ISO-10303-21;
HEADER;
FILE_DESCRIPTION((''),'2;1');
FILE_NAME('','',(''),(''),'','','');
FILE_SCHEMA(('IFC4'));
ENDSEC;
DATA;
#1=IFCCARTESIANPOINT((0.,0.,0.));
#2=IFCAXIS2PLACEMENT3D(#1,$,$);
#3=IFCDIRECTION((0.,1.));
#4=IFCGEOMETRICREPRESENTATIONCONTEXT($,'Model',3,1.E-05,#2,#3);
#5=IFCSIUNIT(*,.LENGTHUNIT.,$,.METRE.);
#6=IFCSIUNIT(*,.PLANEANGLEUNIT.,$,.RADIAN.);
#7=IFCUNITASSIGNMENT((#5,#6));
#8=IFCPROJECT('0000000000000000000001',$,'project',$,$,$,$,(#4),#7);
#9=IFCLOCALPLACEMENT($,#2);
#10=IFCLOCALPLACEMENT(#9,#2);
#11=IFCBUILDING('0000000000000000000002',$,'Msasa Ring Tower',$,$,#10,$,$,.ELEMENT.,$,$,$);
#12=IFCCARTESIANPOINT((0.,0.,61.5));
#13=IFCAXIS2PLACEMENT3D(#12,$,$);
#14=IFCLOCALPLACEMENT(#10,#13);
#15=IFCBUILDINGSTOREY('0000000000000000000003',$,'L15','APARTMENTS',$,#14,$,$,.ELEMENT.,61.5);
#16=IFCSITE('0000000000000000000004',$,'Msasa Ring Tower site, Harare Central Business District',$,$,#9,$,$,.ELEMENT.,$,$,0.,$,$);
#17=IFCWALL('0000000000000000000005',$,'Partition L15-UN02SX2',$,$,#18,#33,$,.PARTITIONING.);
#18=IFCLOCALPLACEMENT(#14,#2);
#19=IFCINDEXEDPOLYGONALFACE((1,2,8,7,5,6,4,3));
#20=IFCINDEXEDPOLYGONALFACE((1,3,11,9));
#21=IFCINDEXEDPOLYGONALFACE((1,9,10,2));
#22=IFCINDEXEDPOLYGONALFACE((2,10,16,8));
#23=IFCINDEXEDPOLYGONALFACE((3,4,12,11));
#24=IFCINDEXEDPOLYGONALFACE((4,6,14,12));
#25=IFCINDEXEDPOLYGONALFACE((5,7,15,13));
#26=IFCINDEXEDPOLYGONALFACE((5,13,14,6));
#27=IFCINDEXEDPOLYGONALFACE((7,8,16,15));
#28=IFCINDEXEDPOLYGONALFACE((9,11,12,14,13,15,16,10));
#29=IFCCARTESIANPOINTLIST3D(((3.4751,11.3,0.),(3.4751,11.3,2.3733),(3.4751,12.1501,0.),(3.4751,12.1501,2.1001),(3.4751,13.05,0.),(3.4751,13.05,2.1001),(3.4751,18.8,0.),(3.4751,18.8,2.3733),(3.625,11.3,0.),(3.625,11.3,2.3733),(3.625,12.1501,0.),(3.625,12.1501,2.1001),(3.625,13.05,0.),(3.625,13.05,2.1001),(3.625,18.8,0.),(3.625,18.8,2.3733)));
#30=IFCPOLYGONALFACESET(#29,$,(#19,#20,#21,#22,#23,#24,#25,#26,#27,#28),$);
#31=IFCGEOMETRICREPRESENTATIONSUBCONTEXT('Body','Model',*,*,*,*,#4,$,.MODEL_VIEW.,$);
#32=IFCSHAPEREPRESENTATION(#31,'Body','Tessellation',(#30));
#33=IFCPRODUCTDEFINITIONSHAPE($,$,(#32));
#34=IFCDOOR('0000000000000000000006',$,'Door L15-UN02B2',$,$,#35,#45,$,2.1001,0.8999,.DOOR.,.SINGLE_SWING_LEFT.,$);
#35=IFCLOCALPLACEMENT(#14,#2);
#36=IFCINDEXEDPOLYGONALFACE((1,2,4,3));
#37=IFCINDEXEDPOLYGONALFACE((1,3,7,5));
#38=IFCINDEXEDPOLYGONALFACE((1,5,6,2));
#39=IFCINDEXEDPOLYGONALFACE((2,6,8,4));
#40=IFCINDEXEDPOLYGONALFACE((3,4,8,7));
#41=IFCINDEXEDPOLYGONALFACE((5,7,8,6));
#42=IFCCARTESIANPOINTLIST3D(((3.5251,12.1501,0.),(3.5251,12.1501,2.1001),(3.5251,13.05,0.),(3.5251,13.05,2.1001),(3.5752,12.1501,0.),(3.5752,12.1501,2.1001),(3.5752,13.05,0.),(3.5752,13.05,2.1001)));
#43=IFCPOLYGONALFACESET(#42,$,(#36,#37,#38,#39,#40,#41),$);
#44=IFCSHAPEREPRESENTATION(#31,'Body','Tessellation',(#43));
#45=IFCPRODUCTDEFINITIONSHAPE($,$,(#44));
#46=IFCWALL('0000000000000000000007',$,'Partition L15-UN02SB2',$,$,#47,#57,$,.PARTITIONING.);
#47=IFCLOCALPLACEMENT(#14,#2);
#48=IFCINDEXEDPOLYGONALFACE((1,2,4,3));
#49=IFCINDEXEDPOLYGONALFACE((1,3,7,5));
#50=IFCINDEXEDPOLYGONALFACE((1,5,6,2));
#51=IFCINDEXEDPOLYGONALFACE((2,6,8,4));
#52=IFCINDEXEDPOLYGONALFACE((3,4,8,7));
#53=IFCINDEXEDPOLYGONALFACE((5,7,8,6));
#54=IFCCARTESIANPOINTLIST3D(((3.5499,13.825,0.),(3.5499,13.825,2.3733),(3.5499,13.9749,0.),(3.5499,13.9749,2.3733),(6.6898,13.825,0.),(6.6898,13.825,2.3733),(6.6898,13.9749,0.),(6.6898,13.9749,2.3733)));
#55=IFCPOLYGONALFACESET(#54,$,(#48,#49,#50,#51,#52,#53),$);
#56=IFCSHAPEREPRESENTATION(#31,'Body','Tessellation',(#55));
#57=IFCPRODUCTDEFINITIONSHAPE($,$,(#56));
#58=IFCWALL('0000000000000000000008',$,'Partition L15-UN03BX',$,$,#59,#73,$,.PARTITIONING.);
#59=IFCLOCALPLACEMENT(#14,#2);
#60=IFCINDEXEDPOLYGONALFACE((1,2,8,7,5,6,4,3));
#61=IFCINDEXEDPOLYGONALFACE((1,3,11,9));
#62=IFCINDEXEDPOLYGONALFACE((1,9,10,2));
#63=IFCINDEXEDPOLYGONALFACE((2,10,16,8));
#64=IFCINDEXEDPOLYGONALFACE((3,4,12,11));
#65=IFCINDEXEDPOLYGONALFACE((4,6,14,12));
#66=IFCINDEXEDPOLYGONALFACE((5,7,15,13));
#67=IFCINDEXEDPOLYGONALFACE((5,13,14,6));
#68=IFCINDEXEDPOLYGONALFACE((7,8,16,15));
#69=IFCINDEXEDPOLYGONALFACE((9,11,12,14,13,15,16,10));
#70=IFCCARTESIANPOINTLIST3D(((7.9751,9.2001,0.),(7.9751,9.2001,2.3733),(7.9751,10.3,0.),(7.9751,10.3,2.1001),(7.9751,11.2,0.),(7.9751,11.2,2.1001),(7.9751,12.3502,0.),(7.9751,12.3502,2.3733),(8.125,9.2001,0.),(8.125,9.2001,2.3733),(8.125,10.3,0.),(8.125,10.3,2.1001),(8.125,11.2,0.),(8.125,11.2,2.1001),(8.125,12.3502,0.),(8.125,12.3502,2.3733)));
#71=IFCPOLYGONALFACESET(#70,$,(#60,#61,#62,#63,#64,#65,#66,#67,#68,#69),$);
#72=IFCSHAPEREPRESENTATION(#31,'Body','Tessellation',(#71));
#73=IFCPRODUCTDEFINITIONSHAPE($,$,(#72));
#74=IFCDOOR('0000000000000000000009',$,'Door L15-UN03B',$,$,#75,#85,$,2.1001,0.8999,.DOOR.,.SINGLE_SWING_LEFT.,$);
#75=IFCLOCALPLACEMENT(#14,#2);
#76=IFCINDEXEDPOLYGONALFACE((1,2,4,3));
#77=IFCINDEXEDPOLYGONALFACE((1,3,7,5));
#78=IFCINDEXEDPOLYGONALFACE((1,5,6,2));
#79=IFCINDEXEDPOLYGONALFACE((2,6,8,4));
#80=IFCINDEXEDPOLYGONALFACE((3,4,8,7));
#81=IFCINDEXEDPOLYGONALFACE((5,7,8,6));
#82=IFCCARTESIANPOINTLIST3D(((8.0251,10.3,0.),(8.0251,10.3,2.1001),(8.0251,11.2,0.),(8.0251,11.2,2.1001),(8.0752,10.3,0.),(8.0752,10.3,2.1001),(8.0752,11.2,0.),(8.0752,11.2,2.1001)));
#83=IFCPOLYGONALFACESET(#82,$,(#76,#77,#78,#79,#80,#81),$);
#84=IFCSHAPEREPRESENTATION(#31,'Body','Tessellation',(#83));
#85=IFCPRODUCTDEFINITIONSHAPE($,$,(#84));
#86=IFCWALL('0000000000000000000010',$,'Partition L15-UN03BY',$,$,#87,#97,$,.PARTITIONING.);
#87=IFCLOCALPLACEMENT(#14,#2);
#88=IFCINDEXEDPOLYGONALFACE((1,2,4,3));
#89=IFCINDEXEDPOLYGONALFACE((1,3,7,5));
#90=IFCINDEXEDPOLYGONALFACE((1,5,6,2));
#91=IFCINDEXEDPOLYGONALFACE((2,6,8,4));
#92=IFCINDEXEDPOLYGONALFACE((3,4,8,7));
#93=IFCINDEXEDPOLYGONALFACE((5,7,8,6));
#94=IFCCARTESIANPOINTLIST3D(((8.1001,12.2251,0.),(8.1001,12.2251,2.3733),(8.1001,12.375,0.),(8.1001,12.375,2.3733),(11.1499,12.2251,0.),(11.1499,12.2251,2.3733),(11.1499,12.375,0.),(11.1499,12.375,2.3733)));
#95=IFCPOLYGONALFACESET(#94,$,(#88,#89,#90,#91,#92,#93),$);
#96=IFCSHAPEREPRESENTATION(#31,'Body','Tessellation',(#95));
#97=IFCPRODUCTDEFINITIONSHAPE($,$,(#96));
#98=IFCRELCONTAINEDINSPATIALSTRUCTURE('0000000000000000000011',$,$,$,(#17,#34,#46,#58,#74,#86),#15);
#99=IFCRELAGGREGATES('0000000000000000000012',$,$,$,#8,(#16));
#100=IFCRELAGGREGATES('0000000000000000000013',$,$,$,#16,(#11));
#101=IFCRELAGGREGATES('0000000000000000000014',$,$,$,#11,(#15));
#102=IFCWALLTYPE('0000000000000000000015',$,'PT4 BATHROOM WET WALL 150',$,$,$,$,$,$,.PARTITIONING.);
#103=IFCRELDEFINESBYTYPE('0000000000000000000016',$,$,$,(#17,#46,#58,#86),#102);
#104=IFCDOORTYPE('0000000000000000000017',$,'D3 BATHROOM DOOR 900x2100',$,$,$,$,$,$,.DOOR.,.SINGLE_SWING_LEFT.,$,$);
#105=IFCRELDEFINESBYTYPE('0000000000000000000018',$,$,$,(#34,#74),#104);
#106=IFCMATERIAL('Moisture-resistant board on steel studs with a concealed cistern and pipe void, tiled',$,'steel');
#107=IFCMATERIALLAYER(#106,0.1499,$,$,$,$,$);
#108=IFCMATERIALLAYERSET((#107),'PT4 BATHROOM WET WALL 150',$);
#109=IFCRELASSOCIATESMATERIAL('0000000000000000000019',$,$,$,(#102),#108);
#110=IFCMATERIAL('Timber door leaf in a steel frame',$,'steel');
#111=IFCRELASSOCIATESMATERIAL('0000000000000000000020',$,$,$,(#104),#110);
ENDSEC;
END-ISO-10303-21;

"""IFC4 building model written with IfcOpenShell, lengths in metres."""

from ifc_helpers import new_model, si_unit, direction, frame, frame_2d, origin, place, context, subcontext, project, spatial, rectangle, extrude, material, layer, layer_set, type_object, element, fill, save


model = new_model("IFC4")

# Units and contexts
model_context = context("Model", 3, precision=1e-05, world=origin(), true_north=direction((0.0, 1.0)))
body_context = subcontext(model_context, "Body", "Model", "MODEL_VIEW")
ifc_project = project(units=[si_unit("LENGTHUNIT", "METRE"), si_unit("PLANEANGLEUNIT", "RADIAN")], contexts=[model_context])

# Site, building, storey
site_placement = place(None, origin())
site = spatial("IfcSite", under=ifc_project, at=site_placement, Name="Msasa Ring Tower site, Harare Central Business District", CompositionType="ELEMENT", RefElevation=0.0)
building_placement = place(site_placement, origin())
building = spatial("IfcBuilding", under=site, at=building_placement, Name="Msasa Ring Tower", CompositionType="ELEMENT")
storey_placement = place(building_placement, frame((0.0, 0.0, 61.5)))
storey = spatial("IfcBuildingStorey", under=building, at=storey_placement, Name="L15", Description="APARTMENTS", CompositionType="ELEMENT", Elevation=61.5)

# Wall, opening, door
ifc_material_1 = material(Name="Moisture-resistant board on steel studs with a concealed cistern and pipe void, tiled", Category="steel")
ifc_layer_1 = layer(ifc_material_1, 0.1499)
ifc_layer_set_1 = layer_set([ifc_layer_1], Name="PT4 BATHROOM WET WALL 150")
wall_type_1 = type_object("IfcWallType", Name="PT4 BATHROOM WET WALL 150", PredefinedType="PARTITIONING", material=ifc_layer_set_1)
wall_1_placement = place(storey_placement, frame((3.55, 11.3, 0.0), z_axis=(0.0, 0.0, 1.0), x_axis=(0.0, 1.0, 0.0)))
wall_1 = element("IfcWall", 1, at=wall_1_placement, inside=storey, type_object=wall_type_1, Name="Partition L15-UN02SX2", PredefinedType="PARTITIONING", context=body_context, shape_type="SweptSolid", body=[
    extrude(rectangle(XDim=7.5, YDim=0.1499, at=frame_2d((3.75, 0.0))), origin(), (0.0, 0.0, 1.0), 2.3733),
])
opening_1_placement = place(wall_1_placement, frame((0.8501, 0.0, 0.0)))
opening_1 = element("IfcOpeningElement", 2, at=opening_1_placement, cuts=wall_1, PredefinedType="OPENING", context=body_context, shape_type="SweptSolid", body=[
    extrude(rectangle(XDim=0.8999, YDim=2.1001, at=frame_2d((0.45, 1.05))), frame((0.0, 0.085, 0.0), z_axis=(0.0, -1.0, 0.0), x_axis=(1.0, 0.0, 0.0)), (0.0, 0.0, 1.0), 0.1699),
])
ifc_material_2 = material(Name="Timber door leaf in a steel frame", Category="steel")
door_type_1 = type_object("IfcDoorType", Name="D3 BATHROOM DOOR 900x2100", OperationType="SINGLE_SWING_LEFT", PredefinedType="DOOR", material=ifc_material_2)
door_1_placement = place(opening_1_placement, origin())
door_1 = element("IfcDoor", 3, at=door_1_placement, inside=storey, type_object=door_type_1, Name="Door L15-UN02B2", OperationType="SINGLE_SWING_LEFT", OverallHeight=2.1001, OverallWidth=0.8999, PredefinedType="DOOR", context=body_context, shape_type="SweptSolid", body=[
    extrude(rectangle(XDim=0.8999, YDim=2.1001, at=frame_2d((0.45, 1.05))), frame((0.0, 0.0249, 0.0), z_axis=(0.0, -1.0, 0.0), x_axis=(1.0, 0.0, 0.0)), (0.0, 0.0, 1.0), 0.05),
])
fill(opening_1, door_1)

# Wall
wall_2_placement = place(storey_placement, frame((3.55, 13.8999, 0.0), z_axis=(0.0, 0.0, 1.0), x_axis=(1.0, 0.0, 0.0)))
element("IfcWall", 4, at=wall_2_placement, inside=storey, type_object=wall_type_1, Name="Partition L15-UN02SB2", PredefinedType="PARTITIONING", context=body_context, shape_type="SweptSolid", body=[
    extrude(rectangle(XDim=3.1399, YDim=0.1499, at=frame_2d((1.5698, 0.0))), origin(), (0.0, 0.0, 1.0), 2.3733),
])

# Wall, opening, door
wall_3_placement = place(storey_placement, frame((8.05, 9.2, 0.0), z_axis=(0.0, 0.0, 1.0), x_axis=(0.0, 1.0, 0.0)))
wall_3 = element("IfcWall", 5, at=wall_3_placement, inside=storey, type_object=wall_type_1, Name="Partition L15-UN03BX", PredefinedType="PARTITIONING", context=body_context, shape_type="SweptSolid", body=[
    extrude(rectangle(XDim=3.1501, YDim=0.1499, at=frame_2d((1.5752, 0.0))), origin(), (0.0, 0.0, 1.0), 2.3733),
])
opening_2_placement = place(wall_3_placement, frame((1.1001, 0.0, 0.0)))
opening_2 = element("IfcOpeningElement", 6, at=opening_2_placement, cuts=wall_3, PredefinedType="OPENING", context=body_context, shape_type="SweptSolid", body=[
    extrude(rectangle(XDim=0.8999, YDim=2.1001, at=frame_2d((0.45, 1.05))), frame((0.0, 0.085, 0.0), z_axis=(0.0, -1.0, 0.0), x_axis=(1.0, 0.0, 0.0)), (0.0, 0.0, 1.0), 0.1699),
])
door_2_placement = place(opening_2_placement, origin())
door_2 = element("IfcDoor", 7, at=door_2_placement, inside=storey, type_object=door_type_1, Name="Door L15-UN03B", OperationType="SINGLE_SWING_LEFT", OverallHeight=2.1001, OverallWidth=0.8999, PredefinedType="DOOR", context=body_context, shape_type="SweptSolid", body=[
    extrude(rectangle(XDim=0.8999, YDim=2.1001, at=frame_2d((0.45, 1.05))), frame((0.0, 0.0249, 0.0), z_axis=(0.0, -1.0, 0.0), x_axis=(1.0, 0.0, 0.0)), (0.0, 0.0, 1.0), 0.05),
])
fill(opening_2, door_2)

# Wall
wall_4_placement = place(storey_placement, frame((8.1001, 12.3, 0.0), z_axis=(0.0, 0.0, 1.0), x_axis=(1.0, 0.0, 0.0)))
element("IfcWall", 8, at=wall_4_placement, inside=storey, type_object=wall_type_1, Name="Partition L15-UN03BY", PredefinedType="PARTITIONING", context=body_context, shape_type="SweptSolid", body=[
    extrude(rectangle(XDim=3.0498, YDim=0.1499, at=frame_2d((1.5249, 0.0))), origin(), (0.0, 0.0, 1.0), 2.3733),
])

save(model, "model.ifc")
